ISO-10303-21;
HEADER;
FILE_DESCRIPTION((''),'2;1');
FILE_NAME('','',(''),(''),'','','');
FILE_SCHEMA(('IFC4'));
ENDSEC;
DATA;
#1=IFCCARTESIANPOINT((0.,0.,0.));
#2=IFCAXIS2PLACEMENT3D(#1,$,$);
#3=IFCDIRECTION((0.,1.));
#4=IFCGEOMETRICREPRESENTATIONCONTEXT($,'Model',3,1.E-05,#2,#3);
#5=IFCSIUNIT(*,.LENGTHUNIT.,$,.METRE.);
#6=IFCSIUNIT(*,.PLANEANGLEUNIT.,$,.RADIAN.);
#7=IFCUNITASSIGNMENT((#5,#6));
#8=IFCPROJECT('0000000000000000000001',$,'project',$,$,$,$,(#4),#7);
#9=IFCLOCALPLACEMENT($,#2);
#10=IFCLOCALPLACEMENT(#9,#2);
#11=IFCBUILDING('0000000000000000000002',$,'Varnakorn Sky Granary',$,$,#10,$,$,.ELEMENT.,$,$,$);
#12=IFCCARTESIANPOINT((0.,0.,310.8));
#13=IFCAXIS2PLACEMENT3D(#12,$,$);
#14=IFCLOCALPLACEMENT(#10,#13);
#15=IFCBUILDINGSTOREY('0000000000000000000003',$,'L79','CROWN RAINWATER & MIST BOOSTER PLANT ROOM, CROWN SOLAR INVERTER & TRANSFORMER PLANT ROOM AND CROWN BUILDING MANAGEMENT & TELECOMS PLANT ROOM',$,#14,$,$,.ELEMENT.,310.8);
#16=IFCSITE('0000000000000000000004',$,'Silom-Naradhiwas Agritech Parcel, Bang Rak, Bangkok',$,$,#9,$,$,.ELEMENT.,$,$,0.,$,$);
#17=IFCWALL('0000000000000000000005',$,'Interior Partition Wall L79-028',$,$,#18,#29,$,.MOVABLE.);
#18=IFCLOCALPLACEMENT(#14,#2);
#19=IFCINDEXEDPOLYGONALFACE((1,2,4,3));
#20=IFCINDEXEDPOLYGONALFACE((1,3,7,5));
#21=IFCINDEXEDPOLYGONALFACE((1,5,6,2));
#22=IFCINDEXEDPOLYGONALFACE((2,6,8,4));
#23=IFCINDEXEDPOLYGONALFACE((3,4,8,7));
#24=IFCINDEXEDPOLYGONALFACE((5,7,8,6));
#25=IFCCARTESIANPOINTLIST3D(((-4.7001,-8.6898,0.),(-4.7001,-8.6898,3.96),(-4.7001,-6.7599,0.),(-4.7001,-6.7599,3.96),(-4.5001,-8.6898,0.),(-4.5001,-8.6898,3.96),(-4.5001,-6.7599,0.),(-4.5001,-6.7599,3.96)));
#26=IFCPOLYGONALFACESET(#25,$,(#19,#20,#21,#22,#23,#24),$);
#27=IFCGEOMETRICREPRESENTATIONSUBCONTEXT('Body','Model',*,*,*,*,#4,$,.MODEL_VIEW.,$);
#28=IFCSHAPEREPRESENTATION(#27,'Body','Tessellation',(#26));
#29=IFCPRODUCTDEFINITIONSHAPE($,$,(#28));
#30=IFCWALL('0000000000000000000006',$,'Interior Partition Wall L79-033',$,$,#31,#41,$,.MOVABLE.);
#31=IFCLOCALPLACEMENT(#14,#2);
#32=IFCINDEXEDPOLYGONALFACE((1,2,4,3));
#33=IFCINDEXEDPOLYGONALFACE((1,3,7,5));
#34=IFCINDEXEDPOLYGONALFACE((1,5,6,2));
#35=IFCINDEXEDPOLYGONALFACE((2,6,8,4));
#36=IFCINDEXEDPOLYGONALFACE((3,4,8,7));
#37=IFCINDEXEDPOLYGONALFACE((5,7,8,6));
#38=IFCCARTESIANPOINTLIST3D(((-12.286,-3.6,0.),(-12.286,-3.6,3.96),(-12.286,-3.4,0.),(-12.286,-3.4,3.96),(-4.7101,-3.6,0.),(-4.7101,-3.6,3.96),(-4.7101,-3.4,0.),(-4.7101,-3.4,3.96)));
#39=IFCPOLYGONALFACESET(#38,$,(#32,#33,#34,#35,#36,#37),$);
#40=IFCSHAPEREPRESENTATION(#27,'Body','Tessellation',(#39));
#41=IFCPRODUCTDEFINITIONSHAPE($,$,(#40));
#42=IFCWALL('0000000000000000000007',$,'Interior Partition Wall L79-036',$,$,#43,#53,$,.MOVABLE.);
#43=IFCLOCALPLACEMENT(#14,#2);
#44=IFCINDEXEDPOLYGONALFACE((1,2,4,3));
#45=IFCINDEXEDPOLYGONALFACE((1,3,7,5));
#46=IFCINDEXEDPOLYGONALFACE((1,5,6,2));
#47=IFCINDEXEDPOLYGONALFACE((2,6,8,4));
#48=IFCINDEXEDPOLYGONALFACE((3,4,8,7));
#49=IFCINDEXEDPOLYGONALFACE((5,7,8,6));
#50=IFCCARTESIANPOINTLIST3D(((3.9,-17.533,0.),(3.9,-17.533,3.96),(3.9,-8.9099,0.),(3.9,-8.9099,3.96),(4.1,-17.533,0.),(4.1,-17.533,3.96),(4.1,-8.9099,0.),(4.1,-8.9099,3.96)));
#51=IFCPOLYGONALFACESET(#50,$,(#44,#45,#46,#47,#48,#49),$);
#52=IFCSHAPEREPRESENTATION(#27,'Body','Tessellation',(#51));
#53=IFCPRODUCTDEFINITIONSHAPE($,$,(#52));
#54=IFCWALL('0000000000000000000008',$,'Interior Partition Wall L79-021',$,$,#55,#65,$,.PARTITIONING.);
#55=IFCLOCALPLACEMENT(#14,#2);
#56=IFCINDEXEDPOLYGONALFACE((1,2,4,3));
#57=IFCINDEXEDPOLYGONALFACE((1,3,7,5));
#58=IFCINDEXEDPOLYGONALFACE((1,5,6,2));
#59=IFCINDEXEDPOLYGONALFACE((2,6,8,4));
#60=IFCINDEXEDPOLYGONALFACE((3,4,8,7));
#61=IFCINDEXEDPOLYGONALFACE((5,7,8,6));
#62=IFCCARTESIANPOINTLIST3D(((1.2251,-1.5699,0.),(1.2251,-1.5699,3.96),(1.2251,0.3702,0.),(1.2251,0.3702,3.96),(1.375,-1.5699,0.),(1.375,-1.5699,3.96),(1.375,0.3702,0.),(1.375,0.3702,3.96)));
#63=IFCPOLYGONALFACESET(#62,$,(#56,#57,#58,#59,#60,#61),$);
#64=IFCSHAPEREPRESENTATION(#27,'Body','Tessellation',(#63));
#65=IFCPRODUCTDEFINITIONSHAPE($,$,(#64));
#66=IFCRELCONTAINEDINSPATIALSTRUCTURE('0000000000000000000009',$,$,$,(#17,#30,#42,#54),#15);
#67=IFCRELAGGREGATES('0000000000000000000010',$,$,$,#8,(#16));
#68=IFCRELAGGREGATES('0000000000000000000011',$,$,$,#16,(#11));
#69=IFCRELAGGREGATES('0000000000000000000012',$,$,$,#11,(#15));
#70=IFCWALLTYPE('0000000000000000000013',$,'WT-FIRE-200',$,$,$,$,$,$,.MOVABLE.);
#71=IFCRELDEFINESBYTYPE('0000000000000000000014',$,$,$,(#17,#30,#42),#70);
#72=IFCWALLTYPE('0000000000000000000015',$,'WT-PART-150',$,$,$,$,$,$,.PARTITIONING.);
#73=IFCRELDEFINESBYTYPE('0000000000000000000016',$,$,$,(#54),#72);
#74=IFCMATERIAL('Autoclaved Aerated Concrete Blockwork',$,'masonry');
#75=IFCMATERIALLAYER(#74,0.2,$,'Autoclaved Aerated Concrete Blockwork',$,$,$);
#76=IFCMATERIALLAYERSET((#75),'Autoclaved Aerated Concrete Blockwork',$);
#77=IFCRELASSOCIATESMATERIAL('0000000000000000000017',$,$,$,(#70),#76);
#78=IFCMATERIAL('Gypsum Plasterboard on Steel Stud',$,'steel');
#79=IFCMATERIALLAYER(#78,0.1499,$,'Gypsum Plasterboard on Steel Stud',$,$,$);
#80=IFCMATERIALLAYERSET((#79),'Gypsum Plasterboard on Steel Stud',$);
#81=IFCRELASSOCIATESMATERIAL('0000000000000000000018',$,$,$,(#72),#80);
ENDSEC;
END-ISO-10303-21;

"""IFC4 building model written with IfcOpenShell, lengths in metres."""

from ifc_helpers import new_model, si_unit, direction, frame, frame_2d, origin, place, context, subcontext, project, spatial, rectangle, extrude, material, layer, layer_set, type_object, element, save


model = new_model("IFC4")

# Units and contexts
model_context = context("Model", 3, precision=1e-05, world=origin(), true_north=direction((0.0, 1.0)))
body_context = subcontext(model_context, "Body", "Model", "MODEL_VIEW")
ifc_project = project(units=[si_unit("LENGTHUNIT", "METRE"), si_unit("PLANEANGLEUNIT", "RADIAN")], contexts=[model_context])

# Site, building, storey
site_placement = place(None, origin())
site = spatial("IfcSite", under=ifc_project, at=site_placement, Name="Silom-Naradhiwas Agritech Parcel, Bang Rak, Bangkok", CompositionType="ELEMENT", RefElevation=0.0)
building_placement = place(site_placement, origin())
building = spatial("IfcBuilding", under=site, at=building_placement, Name="Varnakorn Sky Granary", CompositionType="ELEMENT")
storey_placement = place(building_placement, frame((0.0, 0.0, 310.8)))
storey = spatial("IfcBuildingStorey", under=building, at=storey_placement, Name="L79", Description="CROWN RAINWATER & MIST BOOSTER PLANT ROOM, CROWN SOLAR INVERTER & TRANSFORMER PLANT ROOM AND CROWN BUILDING MANAGEMENT & TELECOMS PLANT ROOM", CompositionType="ELEMENT", Elevation=310.8)

# Shared definitions
ifc_material_1 = material(Name="Autoclaved Aerated Concrete Blockwork", Category="masonry")
ifc_layer_1 = layer(ifc_material_1, 0.2, Name="Autoclaved Aerated Concrete Blockwork")
ifc_layer_set_1 = layer_set([ifc_layer_1], Name="Autoclaved Aerated Concrete Blockwork")
wall_type_1 = type_object("IfcWallType", Name="WT-FIRE-200", PredefinedType="MOVABLE", material=ifc_layer_set_1)

# Walls
wall_1_placement = place(storey_placement, frame((-4.6001, -6.76, 0.0), z_axis=(0.0, 0.0, 1.0), x_axis=(0.0, -1.0, 0.0)))
element("IfcWall", 1, at=wall_1_placement, inside=storey, type_object=wall_type_1, Name="Interior Partition Wall L79-028", PredefinedType="MOVABLE", context=body_context, shape_type="SweptSolid", body=[
    extrude(rectangle(XDim=1.9299, YDim=0.2, at=frame_2d((0.9648, 0.0))), origin(), (0.0, 0.0, 1.0), 3.96),
])
wall_2_placement = place(storey_placement, frame((-4.71, -3.5, 0.0), z_axis=(0.0, 0.0, 1.0), x_axis=(-1.0, 0.0, 0.0)))
element("IfcWall", 2, at=wall_2_placement, inside=storey, type_object=wall_type_1, Name="Interior Partition Wall L79-033", PredefinedType="MOVABLE", context=body_context, shape_type="SweptSolid", body=[
    extrude(rectangle(XDim=7.5759, YDim=0.2, at=frame_2d((3.7881, 0.0))), origin(), (0.0, 0.0, 1.0), 3.96),
])
wall_3_placement = place(storey_placement, frame((4.0, -8.9099, 0.0), z_axis=(0.0, 0.0, 1.0), x_axis=(0.0, -1.0, 0.0)))
element("IfcWall", 3, at=wall_3_placement, inside=storey, type_object=wall_type_1, Name="Interior Partition Wall L79-036", PredefinedType="MOVABLE", context=body_context, shape_type="SweptSolid", body=[
    extrude(rectangle(XDim=8.623, YDim=0.2, at=frame_2d((4.3115, 0.0))), origin(), (0.0, 0.0, 1.0), 3.96),
])
ifc_material_2 = material(Name="Gypsum Plasterboard on Steel Stud", Category="steel")
ifc_layer_2 = layer(ifc_material_2, 0.1499, Name="Gypsum Plasterboard on Steel Stud")
ifc_layer_set_2 = layer_set([ifc_layer_2], Name="Gypsum Plasterboard on Steel Stud")
wall_type_2 = type_object("IfcWallType", Name="WT-PART-150", PredefinedType="PARTITIONING", material=ifc_layer_set_2)
wall_4_placement = place(storey_placement, frame((1.3, -1.5701, 0.0), z_axis=(0.0, 0.0, 1.0), x_axis=(0.0, 1.0, 0.0)))
element("IfcWall", 4, at=wall_4_placement, inside=storey, type_object=wall_type_2, Name="Interior Partition Wall L79-021", PredefinedType="PARTITIONING", context=body_context, shape_type="SweptSolid", body=[
    extrude(rectangle(XDim=1.9402, YDim=0.1499, at=frame_2d((0.9702, 0.0))), origin(), (0.0, 0.0, 1.0), 3.96),
])

save(model, "model.ifc")
